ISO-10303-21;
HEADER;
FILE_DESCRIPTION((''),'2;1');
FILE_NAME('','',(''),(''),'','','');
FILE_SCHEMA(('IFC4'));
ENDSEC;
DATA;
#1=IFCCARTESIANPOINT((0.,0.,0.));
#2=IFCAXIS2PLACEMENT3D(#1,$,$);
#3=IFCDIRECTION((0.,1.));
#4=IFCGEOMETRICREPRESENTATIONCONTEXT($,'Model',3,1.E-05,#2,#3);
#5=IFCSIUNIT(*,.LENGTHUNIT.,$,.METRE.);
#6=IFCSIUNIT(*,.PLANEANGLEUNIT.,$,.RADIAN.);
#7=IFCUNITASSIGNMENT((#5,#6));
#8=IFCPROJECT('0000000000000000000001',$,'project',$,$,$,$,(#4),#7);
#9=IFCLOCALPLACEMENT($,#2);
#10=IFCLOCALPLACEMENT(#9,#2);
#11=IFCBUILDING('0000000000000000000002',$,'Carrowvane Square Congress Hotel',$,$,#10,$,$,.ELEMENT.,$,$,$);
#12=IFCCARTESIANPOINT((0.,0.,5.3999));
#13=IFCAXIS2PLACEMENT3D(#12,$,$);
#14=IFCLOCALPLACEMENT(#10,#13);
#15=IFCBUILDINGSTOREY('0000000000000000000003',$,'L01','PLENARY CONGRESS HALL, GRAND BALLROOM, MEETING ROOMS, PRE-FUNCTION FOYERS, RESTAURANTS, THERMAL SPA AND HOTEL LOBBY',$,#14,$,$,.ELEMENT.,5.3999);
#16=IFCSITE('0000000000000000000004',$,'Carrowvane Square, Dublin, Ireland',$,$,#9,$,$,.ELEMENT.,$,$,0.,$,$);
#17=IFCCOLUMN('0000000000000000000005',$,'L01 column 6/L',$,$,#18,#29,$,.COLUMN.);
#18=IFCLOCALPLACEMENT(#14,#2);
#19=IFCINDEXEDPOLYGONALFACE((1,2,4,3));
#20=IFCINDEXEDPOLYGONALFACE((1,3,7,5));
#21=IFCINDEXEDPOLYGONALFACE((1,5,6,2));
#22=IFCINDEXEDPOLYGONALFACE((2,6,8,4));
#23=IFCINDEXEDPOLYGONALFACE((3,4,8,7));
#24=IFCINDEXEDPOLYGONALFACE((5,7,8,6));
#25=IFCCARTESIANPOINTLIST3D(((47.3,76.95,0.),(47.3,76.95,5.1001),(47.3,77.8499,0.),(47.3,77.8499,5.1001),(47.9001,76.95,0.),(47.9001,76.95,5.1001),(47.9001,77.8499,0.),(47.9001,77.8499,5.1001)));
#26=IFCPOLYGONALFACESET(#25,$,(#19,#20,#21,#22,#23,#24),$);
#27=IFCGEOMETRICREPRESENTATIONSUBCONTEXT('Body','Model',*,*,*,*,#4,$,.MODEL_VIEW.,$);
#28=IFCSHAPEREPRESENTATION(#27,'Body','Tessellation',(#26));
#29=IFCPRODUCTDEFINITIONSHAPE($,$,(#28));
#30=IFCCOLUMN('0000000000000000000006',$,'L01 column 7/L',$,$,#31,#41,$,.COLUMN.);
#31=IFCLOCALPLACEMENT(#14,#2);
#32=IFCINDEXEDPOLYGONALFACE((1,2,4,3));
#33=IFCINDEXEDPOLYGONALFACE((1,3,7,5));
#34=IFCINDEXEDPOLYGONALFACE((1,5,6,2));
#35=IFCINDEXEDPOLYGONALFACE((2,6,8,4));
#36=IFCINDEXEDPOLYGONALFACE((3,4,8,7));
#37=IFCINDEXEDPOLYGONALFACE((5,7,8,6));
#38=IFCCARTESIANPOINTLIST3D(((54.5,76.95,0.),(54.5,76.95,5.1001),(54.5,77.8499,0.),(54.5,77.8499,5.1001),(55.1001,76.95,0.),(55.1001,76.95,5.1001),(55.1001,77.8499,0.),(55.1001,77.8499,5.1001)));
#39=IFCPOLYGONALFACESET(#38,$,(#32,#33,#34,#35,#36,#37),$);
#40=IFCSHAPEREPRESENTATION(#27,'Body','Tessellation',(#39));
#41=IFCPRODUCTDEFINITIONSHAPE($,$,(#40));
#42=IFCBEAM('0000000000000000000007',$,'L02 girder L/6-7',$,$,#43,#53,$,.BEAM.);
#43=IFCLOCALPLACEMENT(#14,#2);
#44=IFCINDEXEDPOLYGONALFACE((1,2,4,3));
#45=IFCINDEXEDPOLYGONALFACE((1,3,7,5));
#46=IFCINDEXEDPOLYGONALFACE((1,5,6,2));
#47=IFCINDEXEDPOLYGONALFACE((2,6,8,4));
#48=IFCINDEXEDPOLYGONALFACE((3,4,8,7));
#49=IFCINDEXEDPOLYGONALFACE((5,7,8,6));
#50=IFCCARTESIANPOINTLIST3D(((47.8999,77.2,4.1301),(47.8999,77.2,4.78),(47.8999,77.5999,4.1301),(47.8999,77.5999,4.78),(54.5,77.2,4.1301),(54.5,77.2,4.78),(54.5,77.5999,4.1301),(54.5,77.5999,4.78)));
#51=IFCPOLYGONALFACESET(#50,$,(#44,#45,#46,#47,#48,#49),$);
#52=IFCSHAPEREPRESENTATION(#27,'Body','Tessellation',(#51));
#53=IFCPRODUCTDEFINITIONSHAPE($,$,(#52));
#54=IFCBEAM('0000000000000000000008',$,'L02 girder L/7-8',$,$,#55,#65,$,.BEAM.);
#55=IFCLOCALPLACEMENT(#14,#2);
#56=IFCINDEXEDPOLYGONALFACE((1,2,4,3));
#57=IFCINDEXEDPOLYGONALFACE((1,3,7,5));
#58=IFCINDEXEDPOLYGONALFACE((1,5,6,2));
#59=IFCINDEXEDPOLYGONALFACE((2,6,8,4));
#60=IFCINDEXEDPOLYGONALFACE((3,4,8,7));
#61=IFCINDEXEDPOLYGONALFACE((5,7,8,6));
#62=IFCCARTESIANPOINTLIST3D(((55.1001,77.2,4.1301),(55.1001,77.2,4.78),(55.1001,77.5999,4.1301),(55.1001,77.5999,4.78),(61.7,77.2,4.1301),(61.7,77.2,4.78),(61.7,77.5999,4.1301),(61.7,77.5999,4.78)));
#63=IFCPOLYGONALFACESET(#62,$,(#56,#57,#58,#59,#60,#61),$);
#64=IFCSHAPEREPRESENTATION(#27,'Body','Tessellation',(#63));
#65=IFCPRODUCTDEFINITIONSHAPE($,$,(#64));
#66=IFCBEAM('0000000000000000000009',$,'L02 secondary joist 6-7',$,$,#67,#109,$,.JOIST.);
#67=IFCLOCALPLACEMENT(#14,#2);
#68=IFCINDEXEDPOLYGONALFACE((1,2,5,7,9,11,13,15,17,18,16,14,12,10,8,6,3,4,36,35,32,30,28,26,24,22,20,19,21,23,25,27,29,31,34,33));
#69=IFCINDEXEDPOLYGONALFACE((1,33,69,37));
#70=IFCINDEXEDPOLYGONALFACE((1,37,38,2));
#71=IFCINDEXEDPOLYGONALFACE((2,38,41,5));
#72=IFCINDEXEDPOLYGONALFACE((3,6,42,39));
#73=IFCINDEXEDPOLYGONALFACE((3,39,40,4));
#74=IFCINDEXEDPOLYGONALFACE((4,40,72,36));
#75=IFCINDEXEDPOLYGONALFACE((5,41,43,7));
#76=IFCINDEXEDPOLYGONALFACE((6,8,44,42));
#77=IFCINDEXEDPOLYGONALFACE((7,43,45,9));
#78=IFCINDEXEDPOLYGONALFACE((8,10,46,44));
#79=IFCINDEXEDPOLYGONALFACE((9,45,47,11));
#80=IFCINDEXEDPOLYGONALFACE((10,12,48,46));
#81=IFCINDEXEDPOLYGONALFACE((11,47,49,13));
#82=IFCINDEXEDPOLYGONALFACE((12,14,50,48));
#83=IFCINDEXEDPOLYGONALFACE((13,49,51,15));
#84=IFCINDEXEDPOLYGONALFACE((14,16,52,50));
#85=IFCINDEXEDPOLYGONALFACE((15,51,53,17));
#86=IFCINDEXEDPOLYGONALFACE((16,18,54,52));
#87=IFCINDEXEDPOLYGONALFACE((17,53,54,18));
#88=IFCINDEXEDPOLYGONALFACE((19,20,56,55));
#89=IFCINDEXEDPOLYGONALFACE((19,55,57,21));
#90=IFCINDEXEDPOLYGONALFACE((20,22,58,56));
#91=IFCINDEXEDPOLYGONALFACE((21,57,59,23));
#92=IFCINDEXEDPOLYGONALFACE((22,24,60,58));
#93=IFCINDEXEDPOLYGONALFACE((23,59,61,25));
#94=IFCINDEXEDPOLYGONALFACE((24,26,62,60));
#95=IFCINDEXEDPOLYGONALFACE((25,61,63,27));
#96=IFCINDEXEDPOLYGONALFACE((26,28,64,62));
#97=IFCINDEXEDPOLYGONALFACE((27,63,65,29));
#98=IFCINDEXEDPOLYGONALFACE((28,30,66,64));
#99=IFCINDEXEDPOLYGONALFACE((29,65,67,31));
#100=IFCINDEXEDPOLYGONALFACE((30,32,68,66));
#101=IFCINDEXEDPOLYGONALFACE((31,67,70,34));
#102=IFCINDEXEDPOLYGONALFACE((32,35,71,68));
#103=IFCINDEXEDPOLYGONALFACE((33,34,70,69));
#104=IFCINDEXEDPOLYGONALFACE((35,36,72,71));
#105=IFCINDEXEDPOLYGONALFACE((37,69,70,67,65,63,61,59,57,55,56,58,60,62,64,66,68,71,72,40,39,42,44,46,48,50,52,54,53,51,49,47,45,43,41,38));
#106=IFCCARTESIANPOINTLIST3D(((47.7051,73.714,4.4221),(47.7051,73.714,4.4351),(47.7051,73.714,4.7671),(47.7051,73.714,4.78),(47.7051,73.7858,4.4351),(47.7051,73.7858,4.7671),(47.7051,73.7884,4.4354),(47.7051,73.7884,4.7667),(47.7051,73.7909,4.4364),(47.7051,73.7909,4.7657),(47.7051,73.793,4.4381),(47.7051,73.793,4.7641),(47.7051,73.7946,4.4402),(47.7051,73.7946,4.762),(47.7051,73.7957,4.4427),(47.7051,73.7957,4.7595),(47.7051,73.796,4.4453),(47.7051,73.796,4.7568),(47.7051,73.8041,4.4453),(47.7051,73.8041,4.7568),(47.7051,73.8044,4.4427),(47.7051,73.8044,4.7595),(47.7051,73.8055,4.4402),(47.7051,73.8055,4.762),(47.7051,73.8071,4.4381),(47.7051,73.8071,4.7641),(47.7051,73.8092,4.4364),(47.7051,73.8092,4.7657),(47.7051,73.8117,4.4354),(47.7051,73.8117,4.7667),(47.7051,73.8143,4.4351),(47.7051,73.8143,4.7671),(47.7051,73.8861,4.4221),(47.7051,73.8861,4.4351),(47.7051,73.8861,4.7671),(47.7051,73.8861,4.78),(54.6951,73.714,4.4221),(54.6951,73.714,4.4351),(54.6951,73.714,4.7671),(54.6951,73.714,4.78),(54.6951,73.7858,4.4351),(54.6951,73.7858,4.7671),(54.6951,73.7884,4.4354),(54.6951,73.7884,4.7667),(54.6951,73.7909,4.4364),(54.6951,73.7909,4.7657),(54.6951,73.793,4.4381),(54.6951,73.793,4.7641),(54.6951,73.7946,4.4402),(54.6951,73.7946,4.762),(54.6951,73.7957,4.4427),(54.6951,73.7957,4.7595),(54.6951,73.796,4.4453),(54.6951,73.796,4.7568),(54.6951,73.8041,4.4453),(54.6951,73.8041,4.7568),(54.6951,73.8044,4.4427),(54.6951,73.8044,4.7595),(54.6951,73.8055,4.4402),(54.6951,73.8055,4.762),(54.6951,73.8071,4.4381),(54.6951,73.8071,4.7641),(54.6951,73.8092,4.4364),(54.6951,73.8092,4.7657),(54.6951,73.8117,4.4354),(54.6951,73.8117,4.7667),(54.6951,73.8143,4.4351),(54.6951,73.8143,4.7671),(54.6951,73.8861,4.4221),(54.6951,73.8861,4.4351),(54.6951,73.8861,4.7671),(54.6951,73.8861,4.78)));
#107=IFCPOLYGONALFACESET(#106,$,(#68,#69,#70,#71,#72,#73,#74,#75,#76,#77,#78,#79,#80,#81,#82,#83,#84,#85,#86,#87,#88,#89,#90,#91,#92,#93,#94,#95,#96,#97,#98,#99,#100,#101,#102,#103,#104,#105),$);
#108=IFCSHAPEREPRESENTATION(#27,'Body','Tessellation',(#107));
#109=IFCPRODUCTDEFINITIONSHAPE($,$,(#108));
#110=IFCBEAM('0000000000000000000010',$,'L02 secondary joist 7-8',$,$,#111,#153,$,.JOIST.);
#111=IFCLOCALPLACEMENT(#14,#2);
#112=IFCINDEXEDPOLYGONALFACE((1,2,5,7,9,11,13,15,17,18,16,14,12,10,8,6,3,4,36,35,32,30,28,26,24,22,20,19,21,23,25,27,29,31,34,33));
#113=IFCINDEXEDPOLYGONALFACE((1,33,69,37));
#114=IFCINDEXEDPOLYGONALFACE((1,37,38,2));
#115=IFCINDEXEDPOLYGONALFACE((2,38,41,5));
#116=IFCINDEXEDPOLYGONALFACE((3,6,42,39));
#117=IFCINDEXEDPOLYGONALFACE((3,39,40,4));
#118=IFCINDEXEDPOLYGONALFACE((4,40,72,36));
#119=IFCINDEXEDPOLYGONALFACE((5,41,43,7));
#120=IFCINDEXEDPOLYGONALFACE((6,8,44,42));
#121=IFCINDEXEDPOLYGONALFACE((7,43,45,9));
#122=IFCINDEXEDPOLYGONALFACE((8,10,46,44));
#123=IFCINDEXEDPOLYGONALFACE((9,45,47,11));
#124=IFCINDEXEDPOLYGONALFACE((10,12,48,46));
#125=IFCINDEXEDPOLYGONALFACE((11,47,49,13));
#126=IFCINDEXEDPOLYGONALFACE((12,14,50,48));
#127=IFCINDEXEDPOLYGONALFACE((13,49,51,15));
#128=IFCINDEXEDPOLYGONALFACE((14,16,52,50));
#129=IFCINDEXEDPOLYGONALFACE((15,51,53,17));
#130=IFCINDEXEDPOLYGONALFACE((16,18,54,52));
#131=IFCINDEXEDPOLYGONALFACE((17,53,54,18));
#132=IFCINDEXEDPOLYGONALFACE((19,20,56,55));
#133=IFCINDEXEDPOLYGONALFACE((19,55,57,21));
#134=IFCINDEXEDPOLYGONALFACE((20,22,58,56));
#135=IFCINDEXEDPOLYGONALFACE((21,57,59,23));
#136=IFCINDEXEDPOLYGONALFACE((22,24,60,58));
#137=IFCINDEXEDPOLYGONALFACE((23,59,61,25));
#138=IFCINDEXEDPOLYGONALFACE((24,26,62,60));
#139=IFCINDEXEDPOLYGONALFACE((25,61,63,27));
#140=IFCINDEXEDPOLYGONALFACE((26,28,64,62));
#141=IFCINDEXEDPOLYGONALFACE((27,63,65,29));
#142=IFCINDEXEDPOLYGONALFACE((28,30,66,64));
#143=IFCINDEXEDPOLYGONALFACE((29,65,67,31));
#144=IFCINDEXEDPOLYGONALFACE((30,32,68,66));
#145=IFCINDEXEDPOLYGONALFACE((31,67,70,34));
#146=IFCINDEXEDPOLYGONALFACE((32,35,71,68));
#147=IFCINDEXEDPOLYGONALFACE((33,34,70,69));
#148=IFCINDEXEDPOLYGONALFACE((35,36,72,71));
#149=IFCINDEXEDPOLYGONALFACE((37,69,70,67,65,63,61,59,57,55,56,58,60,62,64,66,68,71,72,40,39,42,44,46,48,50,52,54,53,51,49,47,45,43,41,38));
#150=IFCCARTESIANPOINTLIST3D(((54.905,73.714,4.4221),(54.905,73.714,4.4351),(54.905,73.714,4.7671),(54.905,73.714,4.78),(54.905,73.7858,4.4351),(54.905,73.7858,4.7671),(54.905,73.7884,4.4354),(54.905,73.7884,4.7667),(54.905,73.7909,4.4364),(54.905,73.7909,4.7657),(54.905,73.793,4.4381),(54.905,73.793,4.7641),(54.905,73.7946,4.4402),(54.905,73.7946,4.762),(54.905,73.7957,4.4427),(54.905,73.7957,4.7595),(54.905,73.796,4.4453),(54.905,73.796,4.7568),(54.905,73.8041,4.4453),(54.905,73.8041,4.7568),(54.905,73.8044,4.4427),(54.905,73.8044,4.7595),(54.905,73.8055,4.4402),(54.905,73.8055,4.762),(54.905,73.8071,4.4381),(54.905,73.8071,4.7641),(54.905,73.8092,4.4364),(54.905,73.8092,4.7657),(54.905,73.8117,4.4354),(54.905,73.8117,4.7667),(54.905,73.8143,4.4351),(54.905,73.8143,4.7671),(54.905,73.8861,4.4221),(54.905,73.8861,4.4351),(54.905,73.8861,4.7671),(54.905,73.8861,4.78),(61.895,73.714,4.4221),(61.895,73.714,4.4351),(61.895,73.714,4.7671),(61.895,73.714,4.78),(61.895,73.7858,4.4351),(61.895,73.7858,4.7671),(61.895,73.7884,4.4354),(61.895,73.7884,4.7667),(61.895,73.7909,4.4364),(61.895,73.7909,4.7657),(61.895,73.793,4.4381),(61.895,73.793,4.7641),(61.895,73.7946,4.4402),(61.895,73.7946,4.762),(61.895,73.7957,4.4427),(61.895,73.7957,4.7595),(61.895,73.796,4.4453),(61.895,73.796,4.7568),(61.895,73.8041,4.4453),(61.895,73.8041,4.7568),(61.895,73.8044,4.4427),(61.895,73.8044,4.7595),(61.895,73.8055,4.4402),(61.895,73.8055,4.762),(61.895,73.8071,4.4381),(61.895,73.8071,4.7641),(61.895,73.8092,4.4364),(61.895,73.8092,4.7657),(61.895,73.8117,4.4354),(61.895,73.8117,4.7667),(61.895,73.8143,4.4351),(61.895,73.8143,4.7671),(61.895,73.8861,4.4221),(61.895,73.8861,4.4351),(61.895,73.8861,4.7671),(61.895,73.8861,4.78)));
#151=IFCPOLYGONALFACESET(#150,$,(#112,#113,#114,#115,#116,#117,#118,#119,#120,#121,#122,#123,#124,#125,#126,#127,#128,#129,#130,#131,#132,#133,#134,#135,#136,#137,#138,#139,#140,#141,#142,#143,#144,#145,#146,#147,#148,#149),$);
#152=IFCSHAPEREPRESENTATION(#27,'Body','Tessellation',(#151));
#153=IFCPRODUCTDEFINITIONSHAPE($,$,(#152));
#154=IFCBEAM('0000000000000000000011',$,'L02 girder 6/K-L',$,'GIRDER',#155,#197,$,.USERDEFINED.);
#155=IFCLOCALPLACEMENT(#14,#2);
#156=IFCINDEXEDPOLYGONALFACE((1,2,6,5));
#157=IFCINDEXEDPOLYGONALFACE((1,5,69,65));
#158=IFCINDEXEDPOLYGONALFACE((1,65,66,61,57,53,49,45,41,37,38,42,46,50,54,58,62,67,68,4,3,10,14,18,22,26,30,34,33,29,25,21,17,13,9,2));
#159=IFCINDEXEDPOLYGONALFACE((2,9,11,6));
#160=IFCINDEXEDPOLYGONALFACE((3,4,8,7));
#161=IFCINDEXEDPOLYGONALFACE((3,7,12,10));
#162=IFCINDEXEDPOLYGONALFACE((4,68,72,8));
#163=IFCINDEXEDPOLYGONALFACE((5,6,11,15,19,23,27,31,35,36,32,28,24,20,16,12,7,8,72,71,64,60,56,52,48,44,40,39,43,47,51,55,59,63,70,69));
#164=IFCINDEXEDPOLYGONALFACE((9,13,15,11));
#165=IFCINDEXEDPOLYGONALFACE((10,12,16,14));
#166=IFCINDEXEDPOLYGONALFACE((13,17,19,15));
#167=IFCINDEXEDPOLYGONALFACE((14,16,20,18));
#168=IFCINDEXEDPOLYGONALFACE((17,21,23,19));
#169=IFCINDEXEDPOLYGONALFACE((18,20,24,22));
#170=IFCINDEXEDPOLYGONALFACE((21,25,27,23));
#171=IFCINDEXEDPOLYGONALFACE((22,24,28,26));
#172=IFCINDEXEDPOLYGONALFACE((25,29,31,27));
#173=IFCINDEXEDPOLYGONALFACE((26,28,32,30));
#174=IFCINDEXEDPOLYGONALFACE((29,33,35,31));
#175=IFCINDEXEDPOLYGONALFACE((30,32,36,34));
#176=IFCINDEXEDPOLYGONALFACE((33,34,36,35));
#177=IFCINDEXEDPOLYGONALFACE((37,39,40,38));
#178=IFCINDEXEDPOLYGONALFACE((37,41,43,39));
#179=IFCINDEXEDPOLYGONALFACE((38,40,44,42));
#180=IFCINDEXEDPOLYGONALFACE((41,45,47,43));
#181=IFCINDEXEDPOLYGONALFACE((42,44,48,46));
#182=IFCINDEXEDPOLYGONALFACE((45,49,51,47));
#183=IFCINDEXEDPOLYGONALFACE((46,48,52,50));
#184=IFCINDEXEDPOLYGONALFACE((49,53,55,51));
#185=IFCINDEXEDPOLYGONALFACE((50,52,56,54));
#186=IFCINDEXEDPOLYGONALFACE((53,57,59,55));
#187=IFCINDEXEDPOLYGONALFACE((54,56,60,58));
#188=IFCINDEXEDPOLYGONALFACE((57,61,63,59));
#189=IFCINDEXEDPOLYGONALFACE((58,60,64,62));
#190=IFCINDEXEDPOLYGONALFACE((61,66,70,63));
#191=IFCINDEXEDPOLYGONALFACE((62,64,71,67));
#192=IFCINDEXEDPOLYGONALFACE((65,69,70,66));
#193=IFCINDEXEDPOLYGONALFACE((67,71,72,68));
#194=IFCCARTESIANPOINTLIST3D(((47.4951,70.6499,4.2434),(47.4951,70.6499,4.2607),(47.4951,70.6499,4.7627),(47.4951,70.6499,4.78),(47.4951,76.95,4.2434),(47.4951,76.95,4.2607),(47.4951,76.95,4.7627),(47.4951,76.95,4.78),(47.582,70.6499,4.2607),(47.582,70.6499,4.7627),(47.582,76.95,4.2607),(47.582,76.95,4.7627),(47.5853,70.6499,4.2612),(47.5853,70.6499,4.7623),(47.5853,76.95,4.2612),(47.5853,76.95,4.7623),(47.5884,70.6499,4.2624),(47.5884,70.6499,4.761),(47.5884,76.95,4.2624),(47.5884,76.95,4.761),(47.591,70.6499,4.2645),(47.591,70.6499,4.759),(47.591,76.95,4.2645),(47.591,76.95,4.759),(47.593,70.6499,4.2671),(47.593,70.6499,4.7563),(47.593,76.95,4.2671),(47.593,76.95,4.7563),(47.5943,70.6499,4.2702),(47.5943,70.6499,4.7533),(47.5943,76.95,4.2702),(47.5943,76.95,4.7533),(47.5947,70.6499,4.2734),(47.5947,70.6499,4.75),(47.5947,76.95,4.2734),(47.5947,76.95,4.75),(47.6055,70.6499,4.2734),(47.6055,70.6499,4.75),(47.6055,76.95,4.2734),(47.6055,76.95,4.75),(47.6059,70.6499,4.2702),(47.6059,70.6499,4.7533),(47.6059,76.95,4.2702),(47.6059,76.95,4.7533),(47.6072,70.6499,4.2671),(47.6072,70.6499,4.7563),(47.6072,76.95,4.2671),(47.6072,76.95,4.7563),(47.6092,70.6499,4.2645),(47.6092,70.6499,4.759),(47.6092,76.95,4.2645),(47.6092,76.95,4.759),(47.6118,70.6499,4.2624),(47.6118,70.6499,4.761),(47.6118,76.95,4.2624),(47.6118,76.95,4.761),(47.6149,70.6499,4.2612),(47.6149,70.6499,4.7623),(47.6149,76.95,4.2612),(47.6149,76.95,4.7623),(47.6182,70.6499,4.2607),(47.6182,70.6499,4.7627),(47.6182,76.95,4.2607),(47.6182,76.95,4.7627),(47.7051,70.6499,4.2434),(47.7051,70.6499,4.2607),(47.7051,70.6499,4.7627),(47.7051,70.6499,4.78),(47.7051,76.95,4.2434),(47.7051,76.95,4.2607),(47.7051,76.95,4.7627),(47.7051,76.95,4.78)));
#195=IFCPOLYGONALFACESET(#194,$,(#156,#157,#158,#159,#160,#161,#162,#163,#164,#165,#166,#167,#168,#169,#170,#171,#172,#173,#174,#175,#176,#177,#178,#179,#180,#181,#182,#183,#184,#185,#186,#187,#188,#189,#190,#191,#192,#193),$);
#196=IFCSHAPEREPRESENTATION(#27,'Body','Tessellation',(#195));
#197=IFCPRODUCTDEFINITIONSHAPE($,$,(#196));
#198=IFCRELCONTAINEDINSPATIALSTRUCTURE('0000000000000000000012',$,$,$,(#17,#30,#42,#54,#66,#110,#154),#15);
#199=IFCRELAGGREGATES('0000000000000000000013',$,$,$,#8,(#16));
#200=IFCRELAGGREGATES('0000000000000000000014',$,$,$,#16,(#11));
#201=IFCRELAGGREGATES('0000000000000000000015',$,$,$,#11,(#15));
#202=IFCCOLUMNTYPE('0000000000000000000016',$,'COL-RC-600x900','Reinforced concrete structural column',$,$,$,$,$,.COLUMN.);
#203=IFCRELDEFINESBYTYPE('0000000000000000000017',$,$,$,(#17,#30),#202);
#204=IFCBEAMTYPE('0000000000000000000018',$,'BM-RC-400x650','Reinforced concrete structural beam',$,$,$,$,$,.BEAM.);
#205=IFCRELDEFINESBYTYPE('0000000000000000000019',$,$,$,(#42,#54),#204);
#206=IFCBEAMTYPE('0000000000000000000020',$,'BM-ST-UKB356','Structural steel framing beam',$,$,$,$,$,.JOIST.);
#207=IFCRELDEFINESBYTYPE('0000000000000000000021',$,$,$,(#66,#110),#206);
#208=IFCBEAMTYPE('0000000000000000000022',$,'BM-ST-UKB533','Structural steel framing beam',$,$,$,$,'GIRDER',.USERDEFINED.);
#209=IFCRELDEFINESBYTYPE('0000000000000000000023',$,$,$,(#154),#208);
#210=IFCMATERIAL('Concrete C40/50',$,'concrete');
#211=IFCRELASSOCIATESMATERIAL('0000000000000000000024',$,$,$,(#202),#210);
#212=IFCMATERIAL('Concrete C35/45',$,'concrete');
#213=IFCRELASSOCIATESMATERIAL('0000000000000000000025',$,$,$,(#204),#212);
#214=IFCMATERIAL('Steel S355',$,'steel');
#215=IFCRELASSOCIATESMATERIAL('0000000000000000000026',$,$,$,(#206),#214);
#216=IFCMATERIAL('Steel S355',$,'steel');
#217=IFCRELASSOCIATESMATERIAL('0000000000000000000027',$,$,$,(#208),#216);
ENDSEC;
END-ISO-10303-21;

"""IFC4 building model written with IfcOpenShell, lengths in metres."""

from ifc_helpers import new_model, si_unit, direction, frame, origin, origin_2d, place, context, subcontext, project, spatial, rectangle, i_section, extrude, material, material_profile, profile_set, type_object, element, save


model = new_model("IFC4")

# Units and contexts
model_context = context("Model", 3, precision=1e-05, world=origin(), true_north=direction((0.0, 1.0)))
body_context = subcontext(model_context, "Body", "Model", "MODEL_VIEW")
ifc_project = project(units=[si_unit("LENGTHUNIT", "METRE"), si_unit("PLANEANGLEUNIT", "RADIAN")], contexts=[model_context])

# Site, building, storey
site_placement = place(None, origin())
site = spatial("IfcSite", under=ifc_project, at=site_placement, Name="Carrowvane Square, Dublin, Ireland", CompositionType="ELEMENT", RefElevation=0.0)
building_placement = place(site_placement, origin())
building = spatial("IfcBuilding", under=site, at=building_placement, Name="Carrowvane Square Congress Hotel", CompositionType="ELEMENT")
storey_placement = place(building_placement, frame((0.0, 0.0, 5.3999)))
storey = spatial("IfcBuildingStorey", under=building, at=storey_placement, Name="L01", Description="PLENARY CONGRESS HALL, GRAND BALLROOM, MEETING ROOMS, PRE-FUNCTION FOYERS, RESTAURANTS, THERMAL SPA AND HOTEL LOBBY", CompositionType="ELEMENT", Elevation=5.3999)

# Columns
ifc_material_1 = material(Name="Concrete C40/50", Category="concrete")
ifc_material_profile_1 = material_profile(ifc_material_1, rectangle(XDim=0.6001, YDim=0.8999, at=origin_2d()), Name="RC 600x900")
ifc_profile_set_1 = profile_set([ifc_material_profile_1], Name="Concrete C40/50")
column_type = type_object("IfcColumnType", Name="COL-RC-600x900", Description="Reinforced concrete structural column", PredefinedType="COLUMN", material=ifc_profile_set_1)
for number, where, z_axis, x_axis, name in (
    (1, (47.6001, 77.3999, 0.0), (0.0, 0.0, 1.0), (1.0, 0.0, 0.0), "L01 column 6/L"),
    (2, (54.8, 77.3999, 0.0), (0.0, 0.0, 1.0), (1.0, 0.0, 0.0), "L01 column 7/L"),
):
    element("IfcColumn", number, at=place(storey_placement, frame(where, z_axis=z_axis, x_axis=x_axis)), inside=storey, type_object=column_type, Name=name, PredefinedType="COLUMN", context=body_context, shape_type="SweptSolid", body=[
        extrude(rectangle(XDim=0.6001, YDim=0.8999, at=origin_2d()), origin(), (0.0, 0.0, 1.0), 5.1001),
    ])

# Beams
ifc_material_2 = material(Name="Concrete C35/45", Category="concrete")
ifc_material_profile_2 = material_profile(ifc_material_2, rectangle(XDim=0.3999, YDim=0.6499, at=origin_2d()), Name="RC 400x650")
ifc_profile_set_2 = profile_set([ifc_material_profile_2], Name="Concrete C35/45")
beam_type_1 = type_object("IfcBeamType", Name="BM-RC-400x650", Description="Reinforced concrete structural beam", PredefinedType="BEAM", material=ifc_profile_set_2)
beam_1_placement = place(storey_placement, frame((47.8999, 77.3999, 4.4551), z_axis=(1.0, 0.0, 0.0), x_axis=(0.0, 1.0, 0.0)))
element("IfcBeam", 3, at=beam_1_placement, inside=storey, type_object=beam_type_1, Name="L02 girder L/6-7", PredefinedType="BEAM", context=body_context, shape_type="SweptSolid", body=[
    extrude(rectangle(XDim=0.3999, YDim=0.6499, at=origin_2d()), origin(), (0.0, 0.0, 1.0), 6.6001),
])
beam_2_placement = place(storey_placement, frame((55.1001, 77.3999, 4.4551), z_axis=(1.0, 0.0, 0.0), x_axis=(0.0, 1.0, 0.0)))
element("IfcBeam", 4, at=beam_2_placement, inside=storey, type_object=beam_type_1, Name="L02 girder L/7-8", PredefinedType="BEAM", context=body_context, shape_type="SweptSolid", body=[
    extrude(rectangle(XDim=0.3999, YDim=0.6499, at=origin_2d()), origin(), (0.0, 0.0, 1.0), 6.5999),
])
ifc_material_3 = material(Name="Steel S355", Category="steel")
ifc_material_profile_3 = material_profile(ifc_material_3, i_section(OverallWidth=0.1721, OverallDepth=0.3579, WebThickness=0.0081, FlangeThickness=0.0129, FilletRadius=0.0103, at=origin_2d()), Name="UKB 356x171x57")
ifc_profile_set_3 = profile_set([ifc_material_profile_3], Name="Steel S355")
beam_type_2 = type_object("IfcBeamType", Name="BM-ST-UKB356", Description="Structural steel framing beam", PredefinedType="JOIST", material=ifc_profile_set_3)
for number, where, z_axis, x_axis, name in (
    (5, (47.7051, 73.8, 4.6011), (1.0, 0.0, 0.0), (0.0, 1.0, 0.0), "L02 secondary joist 6-7"),
    (6, (54.905, 73.8, 4.6011), (1.0, 0.0, 0.0), (0.0, 1.0, 0.0), "L02 secondary joist 7-8"),
):
    element("IfcBeam", number, at=place(storey_placement, frame(where, z_axis=z_axis, x_axis=x_axis)), inside=storey, type_object=beam_type_2, Name=name, PredefinedType="JOIST", context=body_context, shape_type="SweptSolid", body=[
        extrude(i_section(OverallWidth=0.1721, OverallDepth=0.3579, WebThickness=0.0081, FlangeThickness=0.0129, FilletRadius=0.0103, at=origin_2d()), origin(), (0.0, 0.0, 1.0), 6.99),
    ])
ifc_material_4 = material(Name="Steel S355", Category="steel")
ifc_material_profile_4 = material_profile(ifc_material_4, i_section(OverallWidth=0.21, OverallDepth=0.5366, WebThickness=0.0107, FlangeThickness=0.0173, FilletRadius=0.0127, at=origin_2d()), Name="UKB 533x210x101")
ifc_profile_set_4 = profile_set([ifc_material_profile_4], Name="Steel S355")
beam_type_3 = type_object("IfcBeamType", Name="BM-ST-UKB533", Description="Structural steel framing beam", ElementType="GIRDER", PredefinedType="USERDEFINED", material=ifc_profile_set_4)
beam_3_placement = place(storey_placement, frame((47.6001, 70.6499, 4.5117), z_axis=(0.0, 1.0, 0.0), x_axis=(-1.0, 0.0, 0.0)))
element("IfcBeam", 7, at=beam_3_placement, inside=storey, type_object=beam_type_3, Name="L02 girder 6/K-L", ObjectType="GIRDER", PredefinedType="USERDEFINED", context=body_context, shape_type="SweptSolid", body=[
    extrude(i_section(OverallWidth=0.21, OverallDepth=0.5366, WebThickness=0.0107, FlangeThickness=0.0173, FilletRadius=0.0127, at=origin_2d()), origin(), (0.0, 0.0, 1.0), 6.3),
])

save(model, "model.ifc")
